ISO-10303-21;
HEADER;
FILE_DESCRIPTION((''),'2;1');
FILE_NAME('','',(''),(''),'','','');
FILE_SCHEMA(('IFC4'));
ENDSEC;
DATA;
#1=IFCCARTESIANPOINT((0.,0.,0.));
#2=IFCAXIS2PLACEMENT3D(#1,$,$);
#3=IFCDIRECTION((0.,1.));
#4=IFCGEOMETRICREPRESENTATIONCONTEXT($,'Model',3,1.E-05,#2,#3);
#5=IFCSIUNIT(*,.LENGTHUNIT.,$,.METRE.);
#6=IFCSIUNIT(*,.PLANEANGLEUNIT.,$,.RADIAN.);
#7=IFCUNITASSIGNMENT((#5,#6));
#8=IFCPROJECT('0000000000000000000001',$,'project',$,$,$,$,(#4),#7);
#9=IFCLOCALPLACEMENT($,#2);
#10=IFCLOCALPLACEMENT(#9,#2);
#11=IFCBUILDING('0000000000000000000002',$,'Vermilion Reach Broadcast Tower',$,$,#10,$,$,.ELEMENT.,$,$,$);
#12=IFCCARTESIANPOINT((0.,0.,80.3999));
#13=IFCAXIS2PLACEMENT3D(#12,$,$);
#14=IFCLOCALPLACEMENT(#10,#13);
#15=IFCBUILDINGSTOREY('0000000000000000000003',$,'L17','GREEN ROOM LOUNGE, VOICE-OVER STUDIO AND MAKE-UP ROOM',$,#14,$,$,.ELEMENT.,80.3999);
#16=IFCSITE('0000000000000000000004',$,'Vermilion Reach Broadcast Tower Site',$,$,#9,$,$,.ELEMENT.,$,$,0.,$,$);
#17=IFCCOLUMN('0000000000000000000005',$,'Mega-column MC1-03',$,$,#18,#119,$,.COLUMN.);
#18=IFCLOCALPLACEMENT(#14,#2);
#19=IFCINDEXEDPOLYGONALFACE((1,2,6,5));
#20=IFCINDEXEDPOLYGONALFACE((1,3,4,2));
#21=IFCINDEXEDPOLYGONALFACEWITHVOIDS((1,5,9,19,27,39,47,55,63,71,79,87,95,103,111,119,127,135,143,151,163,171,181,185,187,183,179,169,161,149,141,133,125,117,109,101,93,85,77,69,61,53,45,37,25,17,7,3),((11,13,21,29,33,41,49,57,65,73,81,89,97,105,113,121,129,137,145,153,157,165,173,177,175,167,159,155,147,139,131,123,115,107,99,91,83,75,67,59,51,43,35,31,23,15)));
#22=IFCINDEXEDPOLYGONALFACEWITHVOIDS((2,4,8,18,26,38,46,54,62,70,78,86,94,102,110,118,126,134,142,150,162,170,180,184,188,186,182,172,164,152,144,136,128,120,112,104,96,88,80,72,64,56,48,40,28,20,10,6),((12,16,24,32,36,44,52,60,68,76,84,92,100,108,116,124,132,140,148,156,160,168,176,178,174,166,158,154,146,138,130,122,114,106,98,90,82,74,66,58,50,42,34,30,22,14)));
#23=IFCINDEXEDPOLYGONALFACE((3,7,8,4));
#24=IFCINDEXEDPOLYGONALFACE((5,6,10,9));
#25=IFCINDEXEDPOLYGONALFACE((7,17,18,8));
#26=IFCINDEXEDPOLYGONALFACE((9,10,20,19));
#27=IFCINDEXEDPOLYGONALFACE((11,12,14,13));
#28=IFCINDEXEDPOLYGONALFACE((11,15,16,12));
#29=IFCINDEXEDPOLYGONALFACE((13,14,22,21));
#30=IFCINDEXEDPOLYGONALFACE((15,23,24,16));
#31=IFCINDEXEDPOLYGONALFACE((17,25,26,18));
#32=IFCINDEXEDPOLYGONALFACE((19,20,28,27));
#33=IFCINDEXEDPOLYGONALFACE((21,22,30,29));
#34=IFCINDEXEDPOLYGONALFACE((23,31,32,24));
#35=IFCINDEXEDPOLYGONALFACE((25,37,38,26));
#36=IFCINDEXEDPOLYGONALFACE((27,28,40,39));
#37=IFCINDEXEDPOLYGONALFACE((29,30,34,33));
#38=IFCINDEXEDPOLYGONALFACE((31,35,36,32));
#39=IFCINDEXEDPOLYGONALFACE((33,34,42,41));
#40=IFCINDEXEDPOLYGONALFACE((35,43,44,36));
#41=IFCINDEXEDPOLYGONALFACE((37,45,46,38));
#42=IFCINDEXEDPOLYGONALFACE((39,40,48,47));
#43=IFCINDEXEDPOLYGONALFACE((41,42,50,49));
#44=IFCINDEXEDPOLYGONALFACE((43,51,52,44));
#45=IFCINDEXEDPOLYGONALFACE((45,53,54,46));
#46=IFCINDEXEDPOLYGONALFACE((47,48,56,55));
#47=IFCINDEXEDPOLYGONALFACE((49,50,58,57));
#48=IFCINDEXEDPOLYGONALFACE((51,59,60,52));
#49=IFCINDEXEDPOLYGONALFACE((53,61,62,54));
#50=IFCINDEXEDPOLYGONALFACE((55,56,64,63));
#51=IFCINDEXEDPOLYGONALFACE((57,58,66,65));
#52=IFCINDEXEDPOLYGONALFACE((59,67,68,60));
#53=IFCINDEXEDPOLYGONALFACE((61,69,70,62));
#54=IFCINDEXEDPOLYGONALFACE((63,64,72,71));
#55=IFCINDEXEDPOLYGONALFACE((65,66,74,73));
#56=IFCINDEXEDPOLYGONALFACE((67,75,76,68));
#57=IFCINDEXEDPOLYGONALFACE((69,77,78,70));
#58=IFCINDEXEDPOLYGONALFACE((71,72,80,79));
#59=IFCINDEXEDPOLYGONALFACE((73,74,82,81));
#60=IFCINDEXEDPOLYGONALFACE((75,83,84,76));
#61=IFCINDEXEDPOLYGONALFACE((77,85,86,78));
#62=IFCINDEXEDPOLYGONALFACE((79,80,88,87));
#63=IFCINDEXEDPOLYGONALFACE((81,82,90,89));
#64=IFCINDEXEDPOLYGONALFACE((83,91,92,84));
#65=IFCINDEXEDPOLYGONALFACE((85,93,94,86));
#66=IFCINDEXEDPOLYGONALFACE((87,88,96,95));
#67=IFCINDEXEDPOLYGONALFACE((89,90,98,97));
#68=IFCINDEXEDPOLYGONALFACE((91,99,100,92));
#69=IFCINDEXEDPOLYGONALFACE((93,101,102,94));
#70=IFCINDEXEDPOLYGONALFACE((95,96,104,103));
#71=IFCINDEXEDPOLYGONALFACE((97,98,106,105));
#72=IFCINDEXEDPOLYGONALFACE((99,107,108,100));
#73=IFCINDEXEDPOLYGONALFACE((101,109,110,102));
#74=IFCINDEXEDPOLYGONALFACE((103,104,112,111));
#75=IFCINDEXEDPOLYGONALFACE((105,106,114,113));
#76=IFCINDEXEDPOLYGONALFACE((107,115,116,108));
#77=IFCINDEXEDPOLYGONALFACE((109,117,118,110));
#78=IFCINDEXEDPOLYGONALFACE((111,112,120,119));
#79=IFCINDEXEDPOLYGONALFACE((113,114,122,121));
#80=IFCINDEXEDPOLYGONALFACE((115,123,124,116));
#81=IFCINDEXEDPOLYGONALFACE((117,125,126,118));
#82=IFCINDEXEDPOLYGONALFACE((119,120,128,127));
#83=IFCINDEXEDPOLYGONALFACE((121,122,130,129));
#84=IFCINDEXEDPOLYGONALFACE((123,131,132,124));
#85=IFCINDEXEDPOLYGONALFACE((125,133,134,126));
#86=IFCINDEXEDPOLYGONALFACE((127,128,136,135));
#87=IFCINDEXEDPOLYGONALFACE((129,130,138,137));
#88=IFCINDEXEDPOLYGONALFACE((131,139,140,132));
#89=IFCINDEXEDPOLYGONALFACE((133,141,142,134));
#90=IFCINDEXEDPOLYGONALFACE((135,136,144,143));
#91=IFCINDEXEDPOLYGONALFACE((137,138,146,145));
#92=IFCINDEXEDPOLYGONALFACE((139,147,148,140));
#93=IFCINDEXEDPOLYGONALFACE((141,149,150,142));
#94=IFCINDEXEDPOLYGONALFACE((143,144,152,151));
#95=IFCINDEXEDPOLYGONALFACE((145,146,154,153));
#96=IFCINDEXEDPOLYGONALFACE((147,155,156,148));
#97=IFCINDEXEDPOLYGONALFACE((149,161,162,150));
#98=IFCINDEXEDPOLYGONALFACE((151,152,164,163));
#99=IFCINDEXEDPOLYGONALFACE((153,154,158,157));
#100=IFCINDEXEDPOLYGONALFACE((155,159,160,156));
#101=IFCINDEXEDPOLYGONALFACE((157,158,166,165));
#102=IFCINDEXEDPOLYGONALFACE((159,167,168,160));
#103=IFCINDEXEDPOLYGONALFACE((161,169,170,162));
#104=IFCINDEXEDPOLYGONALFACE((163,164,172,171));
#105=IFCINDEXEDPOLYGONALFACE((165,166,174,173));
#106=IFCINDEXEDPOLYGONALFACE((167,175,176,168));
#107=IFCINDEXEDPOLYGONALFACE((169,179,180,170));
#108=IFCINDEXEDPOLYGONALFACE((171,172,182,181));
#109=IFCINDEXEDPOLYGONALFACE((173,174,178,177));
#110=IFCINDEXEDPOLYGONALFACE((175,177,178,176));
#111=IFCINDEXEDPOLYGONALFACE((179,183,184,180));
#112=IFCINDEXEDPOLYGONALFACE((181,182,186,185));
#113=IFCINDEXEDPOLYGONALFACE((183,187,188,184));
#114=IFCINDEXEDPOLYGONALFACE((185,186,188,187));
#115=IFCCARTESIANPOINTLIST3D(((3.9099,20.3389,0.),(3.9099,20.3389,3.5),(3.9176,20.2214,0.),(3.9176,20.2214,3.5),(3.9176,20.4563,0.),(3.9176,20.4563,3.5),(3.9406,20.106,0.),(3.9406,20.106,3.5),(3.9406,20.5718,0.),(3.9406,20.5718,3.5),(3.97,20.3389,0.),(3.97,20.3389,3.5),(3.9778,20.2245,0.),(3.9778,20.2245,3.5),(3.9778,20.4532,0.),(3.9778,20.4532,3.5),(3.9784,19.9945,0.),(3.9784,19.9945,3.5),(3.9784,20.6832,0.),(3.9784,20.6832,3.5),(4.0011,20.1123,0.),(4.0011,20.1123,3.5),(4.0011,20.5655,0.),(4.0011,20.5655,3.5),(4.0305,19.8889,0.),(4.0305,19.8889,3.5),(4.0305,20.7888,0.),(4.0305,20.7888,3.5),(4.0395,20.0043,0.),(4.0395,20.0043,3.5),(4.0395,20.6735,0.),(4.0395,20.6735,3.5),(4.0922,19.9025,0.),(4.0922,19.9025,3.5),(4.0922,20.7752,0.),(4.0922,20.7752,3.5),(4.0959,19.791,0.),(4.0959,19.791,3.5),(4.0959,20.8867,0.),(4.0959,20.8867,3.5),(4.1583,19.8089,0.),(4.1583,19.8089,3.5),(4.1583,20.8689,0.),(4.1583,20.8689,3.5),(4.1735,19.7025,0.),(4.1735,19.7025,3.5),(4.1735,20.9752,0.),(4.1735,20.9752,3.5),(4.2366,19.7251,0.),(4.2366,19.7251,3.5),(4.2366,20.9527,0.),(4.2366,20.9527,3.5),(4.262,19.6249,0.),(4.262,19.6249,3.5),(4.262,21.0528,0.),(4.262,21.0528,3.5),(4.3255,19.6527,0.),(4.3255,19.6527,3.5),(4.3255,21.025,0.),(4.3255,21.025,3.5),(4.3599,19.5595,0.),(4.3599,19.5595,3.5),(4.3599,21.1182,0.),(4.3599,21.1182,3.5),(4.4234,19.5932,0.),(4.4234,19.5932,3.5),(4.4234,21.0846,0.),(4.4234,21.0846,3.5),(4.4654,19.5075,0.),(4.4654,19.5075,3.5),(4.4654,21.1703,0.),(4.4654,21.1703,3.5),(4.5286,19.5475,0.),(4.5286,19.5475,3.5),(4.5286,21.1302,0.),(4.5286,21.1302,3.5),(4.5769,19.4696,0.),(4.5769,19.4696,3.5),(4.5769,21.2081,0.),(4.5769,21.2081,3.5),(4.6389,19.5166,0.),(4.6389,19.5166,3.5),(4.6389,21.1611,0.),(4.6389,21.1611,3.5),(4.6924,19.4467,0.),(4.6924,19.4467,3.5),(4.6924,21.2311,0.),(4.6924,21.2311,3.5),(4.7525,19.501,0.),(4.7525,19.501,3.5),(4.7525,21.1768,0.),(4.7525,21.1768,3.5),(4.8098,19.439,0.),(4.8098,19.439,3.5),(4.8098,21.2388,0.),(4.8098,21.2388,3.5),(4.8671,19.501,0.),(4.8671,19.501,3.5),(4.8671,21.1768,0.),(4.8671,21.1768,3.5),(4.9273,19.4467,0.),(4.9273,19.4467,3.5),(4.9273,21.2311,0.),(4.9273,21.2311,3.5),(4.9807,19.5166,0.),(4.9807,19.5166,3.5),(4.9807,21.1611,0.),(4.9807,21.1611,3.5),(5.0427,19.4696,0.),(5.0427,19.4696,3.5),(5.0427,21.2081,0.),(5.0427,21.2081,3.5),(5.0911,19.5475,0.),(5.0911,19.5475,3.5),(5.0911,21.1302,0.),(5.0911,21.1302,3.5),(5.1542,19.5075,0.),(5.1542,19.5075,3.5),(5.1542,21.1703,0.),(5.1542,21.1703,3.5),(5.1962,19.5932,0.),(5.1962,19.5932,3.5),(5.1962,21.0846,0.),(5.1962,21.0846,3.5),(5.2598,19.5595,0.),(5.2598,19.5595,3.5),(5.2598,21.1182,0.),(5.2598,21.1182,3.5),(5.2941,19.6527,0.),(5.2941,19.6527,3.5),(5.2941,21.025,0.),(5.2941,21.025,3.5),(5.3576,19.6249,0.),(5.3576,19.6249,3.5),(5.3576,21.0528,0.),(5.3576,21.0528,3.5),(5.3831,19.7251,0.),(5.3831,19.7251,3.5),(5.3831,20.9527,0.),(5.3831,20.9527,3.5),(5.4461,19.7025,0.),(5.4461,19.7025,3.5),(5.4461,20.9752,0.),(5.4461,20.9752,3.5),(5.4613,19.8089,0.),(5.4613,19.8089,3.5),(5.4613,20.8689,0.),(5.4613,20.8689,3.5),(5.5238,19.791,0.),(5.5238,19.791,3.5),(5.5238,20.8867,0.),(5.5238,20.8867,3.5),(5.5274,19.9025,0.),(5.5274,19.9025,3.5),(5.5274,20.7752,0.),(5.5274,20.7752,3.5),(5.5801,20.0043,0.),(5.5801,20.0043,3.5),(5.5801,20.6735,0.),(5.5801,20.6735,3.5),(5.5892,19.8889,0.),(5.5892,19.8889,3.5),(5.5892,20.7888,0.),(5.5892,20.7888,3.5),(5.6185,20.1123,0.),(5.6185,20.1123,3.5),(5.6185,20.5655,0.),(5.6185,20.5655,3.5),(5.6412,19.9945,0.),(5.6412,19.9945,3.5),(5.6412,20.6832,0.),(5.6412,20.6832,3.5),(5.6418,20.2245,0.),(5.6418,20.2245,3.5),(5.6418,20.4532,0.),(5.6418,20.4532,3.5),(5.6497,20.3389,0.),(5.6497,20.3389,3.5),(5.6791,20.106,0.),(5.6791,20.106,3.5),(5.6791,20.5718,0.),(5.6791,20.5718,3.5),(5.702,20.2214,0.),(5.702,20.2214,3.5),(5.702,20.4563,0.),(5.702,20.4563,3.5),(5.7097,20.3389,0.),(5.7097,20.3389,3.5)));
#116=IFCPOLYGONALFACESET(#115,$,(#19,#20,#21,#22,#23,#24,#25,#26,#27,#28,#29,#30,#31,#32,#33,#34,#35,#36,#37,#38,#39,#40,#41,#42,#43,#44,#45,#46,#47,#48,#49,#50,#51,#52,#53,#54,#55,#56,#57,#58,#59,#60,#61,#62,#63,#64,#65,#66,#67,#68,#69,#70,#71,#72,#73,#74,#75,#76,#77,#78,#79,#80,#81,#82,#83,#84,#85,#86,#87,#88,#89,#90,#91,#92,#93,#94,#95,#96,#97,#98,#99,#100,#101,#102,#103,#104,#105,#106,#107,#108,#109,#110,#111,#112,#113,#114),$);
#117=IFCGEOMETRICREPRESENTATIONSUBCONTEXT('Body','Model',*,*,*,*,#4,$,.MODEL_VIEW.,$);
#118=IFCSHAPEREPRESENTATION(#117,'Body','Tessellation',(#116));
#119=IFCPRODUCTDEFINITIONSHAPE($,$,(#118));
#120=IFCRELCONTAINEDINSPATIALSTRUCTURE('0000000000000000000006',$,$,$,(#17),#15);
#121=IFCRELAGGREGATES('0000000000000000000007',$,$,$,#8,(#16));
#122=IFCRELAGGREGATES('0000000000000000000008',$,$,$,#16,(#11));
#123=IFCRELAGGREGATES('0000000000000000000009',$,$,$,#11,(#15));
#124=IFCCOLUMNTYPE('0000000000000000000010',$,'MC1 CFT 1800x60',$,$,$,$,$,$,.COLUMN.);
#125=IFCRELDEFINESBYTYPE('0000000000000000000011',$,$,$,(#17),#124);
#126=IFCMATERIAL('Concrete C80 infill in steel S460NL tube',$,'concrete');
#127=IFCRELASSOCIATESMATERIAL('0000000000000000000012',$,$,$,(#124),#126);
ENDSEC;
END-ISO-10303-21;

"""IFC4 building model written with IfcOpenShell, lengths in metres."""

from ifc_helpers import new_model, si_unit, direction, frame, origin, origin_2d, place, context, subcontext, project, spatial, hollow_circle, extrude, material, material_profile, profile_set, type_object, element, save


model = new_model("IFC4")

# Units and contexts
model_context = context("Model", 3, precision=1e-05, world=origin(), true_north=direction((0.0, 1.0)))
body_context = subcontext(model_context, "Body", "Model", "MODEL_VIEW")
ifc_project = project(units=[si_unit("LENGTHUNIT", "METRE"), si_unit("PLANEANGLEUNIT", "RADIAN")], contexts=[model_context])

# Site, building, storey
site_placement = place(None, origin())
site = spatial("IfcSite", under=ifc_project, at=site_placement, Name="Vermilion Reach Broadcast Tower Site", CompositionType="ELEMENT", RefElevation=0.0)
building_placement = place(site_placement, origin())
building = spatial("IfcBuilding", under=site, at=building_placement, Name="Vermilion Reach Broadcast Tower", CompositionType="ELEMENT")
storey_placement = place(building_placement, frame((0.0, 0.0, 80.3999)))
storey = spatial("IfcBuildingStorey", under=building, at=storey_placement, Name="L17", Description="GREEN ROOM LOUNGE, VOICE-OVER STUDIO AND MAKE-UP ROOM", CompositionType="ELEMENT", Elevation=80.3999)

# Column
ifc_material_1 = material(Name="Concrete C80 infill in steel S460NL tube", Category="concrete")
ifc_material_profile_1 = material_profile(ifc_material_1, hollow_circle(Radius=0.8999, WallThickness=0.0601, at=origin_2d()), Name="Concrete C80 infill in steel S460NL tube CFT 1800x60")
ifc_profile_set_1 = profile_set([ifc_material_profile_1], Name="Concrete C80 infill in steel S460NL tube")
column_type = type_object("IfcColumnType", Name="MC1 CFT 1800x60", PredefinedType="COLUMN", material=ifc_profile_set_1)
for number, where, z_axis, x_axis, name in (
    (1, (4.8098, 20.3389, 0.0), (0.0, 0.0, 1.0), (1.0, 0.0, 0.0), "Mega-column MC1-03"),
):
    element("IfcColumn", number, at=place(storey_placement, frame(where, z_axis=z_axis, x_axis=x_axis)), inside=storey, type_object=column_type, Name=name, PredefinedType="COLUMN", context=body_context, shape_type="SweptSolid", body=[
        extrude(hollow_circle(Radius=0.8999, WallThickness=0.0601, at=origin_2d()), origin(), (0.0, 0.0, 1.0), 3.5),
    ])

save(model, "model.ifc")
